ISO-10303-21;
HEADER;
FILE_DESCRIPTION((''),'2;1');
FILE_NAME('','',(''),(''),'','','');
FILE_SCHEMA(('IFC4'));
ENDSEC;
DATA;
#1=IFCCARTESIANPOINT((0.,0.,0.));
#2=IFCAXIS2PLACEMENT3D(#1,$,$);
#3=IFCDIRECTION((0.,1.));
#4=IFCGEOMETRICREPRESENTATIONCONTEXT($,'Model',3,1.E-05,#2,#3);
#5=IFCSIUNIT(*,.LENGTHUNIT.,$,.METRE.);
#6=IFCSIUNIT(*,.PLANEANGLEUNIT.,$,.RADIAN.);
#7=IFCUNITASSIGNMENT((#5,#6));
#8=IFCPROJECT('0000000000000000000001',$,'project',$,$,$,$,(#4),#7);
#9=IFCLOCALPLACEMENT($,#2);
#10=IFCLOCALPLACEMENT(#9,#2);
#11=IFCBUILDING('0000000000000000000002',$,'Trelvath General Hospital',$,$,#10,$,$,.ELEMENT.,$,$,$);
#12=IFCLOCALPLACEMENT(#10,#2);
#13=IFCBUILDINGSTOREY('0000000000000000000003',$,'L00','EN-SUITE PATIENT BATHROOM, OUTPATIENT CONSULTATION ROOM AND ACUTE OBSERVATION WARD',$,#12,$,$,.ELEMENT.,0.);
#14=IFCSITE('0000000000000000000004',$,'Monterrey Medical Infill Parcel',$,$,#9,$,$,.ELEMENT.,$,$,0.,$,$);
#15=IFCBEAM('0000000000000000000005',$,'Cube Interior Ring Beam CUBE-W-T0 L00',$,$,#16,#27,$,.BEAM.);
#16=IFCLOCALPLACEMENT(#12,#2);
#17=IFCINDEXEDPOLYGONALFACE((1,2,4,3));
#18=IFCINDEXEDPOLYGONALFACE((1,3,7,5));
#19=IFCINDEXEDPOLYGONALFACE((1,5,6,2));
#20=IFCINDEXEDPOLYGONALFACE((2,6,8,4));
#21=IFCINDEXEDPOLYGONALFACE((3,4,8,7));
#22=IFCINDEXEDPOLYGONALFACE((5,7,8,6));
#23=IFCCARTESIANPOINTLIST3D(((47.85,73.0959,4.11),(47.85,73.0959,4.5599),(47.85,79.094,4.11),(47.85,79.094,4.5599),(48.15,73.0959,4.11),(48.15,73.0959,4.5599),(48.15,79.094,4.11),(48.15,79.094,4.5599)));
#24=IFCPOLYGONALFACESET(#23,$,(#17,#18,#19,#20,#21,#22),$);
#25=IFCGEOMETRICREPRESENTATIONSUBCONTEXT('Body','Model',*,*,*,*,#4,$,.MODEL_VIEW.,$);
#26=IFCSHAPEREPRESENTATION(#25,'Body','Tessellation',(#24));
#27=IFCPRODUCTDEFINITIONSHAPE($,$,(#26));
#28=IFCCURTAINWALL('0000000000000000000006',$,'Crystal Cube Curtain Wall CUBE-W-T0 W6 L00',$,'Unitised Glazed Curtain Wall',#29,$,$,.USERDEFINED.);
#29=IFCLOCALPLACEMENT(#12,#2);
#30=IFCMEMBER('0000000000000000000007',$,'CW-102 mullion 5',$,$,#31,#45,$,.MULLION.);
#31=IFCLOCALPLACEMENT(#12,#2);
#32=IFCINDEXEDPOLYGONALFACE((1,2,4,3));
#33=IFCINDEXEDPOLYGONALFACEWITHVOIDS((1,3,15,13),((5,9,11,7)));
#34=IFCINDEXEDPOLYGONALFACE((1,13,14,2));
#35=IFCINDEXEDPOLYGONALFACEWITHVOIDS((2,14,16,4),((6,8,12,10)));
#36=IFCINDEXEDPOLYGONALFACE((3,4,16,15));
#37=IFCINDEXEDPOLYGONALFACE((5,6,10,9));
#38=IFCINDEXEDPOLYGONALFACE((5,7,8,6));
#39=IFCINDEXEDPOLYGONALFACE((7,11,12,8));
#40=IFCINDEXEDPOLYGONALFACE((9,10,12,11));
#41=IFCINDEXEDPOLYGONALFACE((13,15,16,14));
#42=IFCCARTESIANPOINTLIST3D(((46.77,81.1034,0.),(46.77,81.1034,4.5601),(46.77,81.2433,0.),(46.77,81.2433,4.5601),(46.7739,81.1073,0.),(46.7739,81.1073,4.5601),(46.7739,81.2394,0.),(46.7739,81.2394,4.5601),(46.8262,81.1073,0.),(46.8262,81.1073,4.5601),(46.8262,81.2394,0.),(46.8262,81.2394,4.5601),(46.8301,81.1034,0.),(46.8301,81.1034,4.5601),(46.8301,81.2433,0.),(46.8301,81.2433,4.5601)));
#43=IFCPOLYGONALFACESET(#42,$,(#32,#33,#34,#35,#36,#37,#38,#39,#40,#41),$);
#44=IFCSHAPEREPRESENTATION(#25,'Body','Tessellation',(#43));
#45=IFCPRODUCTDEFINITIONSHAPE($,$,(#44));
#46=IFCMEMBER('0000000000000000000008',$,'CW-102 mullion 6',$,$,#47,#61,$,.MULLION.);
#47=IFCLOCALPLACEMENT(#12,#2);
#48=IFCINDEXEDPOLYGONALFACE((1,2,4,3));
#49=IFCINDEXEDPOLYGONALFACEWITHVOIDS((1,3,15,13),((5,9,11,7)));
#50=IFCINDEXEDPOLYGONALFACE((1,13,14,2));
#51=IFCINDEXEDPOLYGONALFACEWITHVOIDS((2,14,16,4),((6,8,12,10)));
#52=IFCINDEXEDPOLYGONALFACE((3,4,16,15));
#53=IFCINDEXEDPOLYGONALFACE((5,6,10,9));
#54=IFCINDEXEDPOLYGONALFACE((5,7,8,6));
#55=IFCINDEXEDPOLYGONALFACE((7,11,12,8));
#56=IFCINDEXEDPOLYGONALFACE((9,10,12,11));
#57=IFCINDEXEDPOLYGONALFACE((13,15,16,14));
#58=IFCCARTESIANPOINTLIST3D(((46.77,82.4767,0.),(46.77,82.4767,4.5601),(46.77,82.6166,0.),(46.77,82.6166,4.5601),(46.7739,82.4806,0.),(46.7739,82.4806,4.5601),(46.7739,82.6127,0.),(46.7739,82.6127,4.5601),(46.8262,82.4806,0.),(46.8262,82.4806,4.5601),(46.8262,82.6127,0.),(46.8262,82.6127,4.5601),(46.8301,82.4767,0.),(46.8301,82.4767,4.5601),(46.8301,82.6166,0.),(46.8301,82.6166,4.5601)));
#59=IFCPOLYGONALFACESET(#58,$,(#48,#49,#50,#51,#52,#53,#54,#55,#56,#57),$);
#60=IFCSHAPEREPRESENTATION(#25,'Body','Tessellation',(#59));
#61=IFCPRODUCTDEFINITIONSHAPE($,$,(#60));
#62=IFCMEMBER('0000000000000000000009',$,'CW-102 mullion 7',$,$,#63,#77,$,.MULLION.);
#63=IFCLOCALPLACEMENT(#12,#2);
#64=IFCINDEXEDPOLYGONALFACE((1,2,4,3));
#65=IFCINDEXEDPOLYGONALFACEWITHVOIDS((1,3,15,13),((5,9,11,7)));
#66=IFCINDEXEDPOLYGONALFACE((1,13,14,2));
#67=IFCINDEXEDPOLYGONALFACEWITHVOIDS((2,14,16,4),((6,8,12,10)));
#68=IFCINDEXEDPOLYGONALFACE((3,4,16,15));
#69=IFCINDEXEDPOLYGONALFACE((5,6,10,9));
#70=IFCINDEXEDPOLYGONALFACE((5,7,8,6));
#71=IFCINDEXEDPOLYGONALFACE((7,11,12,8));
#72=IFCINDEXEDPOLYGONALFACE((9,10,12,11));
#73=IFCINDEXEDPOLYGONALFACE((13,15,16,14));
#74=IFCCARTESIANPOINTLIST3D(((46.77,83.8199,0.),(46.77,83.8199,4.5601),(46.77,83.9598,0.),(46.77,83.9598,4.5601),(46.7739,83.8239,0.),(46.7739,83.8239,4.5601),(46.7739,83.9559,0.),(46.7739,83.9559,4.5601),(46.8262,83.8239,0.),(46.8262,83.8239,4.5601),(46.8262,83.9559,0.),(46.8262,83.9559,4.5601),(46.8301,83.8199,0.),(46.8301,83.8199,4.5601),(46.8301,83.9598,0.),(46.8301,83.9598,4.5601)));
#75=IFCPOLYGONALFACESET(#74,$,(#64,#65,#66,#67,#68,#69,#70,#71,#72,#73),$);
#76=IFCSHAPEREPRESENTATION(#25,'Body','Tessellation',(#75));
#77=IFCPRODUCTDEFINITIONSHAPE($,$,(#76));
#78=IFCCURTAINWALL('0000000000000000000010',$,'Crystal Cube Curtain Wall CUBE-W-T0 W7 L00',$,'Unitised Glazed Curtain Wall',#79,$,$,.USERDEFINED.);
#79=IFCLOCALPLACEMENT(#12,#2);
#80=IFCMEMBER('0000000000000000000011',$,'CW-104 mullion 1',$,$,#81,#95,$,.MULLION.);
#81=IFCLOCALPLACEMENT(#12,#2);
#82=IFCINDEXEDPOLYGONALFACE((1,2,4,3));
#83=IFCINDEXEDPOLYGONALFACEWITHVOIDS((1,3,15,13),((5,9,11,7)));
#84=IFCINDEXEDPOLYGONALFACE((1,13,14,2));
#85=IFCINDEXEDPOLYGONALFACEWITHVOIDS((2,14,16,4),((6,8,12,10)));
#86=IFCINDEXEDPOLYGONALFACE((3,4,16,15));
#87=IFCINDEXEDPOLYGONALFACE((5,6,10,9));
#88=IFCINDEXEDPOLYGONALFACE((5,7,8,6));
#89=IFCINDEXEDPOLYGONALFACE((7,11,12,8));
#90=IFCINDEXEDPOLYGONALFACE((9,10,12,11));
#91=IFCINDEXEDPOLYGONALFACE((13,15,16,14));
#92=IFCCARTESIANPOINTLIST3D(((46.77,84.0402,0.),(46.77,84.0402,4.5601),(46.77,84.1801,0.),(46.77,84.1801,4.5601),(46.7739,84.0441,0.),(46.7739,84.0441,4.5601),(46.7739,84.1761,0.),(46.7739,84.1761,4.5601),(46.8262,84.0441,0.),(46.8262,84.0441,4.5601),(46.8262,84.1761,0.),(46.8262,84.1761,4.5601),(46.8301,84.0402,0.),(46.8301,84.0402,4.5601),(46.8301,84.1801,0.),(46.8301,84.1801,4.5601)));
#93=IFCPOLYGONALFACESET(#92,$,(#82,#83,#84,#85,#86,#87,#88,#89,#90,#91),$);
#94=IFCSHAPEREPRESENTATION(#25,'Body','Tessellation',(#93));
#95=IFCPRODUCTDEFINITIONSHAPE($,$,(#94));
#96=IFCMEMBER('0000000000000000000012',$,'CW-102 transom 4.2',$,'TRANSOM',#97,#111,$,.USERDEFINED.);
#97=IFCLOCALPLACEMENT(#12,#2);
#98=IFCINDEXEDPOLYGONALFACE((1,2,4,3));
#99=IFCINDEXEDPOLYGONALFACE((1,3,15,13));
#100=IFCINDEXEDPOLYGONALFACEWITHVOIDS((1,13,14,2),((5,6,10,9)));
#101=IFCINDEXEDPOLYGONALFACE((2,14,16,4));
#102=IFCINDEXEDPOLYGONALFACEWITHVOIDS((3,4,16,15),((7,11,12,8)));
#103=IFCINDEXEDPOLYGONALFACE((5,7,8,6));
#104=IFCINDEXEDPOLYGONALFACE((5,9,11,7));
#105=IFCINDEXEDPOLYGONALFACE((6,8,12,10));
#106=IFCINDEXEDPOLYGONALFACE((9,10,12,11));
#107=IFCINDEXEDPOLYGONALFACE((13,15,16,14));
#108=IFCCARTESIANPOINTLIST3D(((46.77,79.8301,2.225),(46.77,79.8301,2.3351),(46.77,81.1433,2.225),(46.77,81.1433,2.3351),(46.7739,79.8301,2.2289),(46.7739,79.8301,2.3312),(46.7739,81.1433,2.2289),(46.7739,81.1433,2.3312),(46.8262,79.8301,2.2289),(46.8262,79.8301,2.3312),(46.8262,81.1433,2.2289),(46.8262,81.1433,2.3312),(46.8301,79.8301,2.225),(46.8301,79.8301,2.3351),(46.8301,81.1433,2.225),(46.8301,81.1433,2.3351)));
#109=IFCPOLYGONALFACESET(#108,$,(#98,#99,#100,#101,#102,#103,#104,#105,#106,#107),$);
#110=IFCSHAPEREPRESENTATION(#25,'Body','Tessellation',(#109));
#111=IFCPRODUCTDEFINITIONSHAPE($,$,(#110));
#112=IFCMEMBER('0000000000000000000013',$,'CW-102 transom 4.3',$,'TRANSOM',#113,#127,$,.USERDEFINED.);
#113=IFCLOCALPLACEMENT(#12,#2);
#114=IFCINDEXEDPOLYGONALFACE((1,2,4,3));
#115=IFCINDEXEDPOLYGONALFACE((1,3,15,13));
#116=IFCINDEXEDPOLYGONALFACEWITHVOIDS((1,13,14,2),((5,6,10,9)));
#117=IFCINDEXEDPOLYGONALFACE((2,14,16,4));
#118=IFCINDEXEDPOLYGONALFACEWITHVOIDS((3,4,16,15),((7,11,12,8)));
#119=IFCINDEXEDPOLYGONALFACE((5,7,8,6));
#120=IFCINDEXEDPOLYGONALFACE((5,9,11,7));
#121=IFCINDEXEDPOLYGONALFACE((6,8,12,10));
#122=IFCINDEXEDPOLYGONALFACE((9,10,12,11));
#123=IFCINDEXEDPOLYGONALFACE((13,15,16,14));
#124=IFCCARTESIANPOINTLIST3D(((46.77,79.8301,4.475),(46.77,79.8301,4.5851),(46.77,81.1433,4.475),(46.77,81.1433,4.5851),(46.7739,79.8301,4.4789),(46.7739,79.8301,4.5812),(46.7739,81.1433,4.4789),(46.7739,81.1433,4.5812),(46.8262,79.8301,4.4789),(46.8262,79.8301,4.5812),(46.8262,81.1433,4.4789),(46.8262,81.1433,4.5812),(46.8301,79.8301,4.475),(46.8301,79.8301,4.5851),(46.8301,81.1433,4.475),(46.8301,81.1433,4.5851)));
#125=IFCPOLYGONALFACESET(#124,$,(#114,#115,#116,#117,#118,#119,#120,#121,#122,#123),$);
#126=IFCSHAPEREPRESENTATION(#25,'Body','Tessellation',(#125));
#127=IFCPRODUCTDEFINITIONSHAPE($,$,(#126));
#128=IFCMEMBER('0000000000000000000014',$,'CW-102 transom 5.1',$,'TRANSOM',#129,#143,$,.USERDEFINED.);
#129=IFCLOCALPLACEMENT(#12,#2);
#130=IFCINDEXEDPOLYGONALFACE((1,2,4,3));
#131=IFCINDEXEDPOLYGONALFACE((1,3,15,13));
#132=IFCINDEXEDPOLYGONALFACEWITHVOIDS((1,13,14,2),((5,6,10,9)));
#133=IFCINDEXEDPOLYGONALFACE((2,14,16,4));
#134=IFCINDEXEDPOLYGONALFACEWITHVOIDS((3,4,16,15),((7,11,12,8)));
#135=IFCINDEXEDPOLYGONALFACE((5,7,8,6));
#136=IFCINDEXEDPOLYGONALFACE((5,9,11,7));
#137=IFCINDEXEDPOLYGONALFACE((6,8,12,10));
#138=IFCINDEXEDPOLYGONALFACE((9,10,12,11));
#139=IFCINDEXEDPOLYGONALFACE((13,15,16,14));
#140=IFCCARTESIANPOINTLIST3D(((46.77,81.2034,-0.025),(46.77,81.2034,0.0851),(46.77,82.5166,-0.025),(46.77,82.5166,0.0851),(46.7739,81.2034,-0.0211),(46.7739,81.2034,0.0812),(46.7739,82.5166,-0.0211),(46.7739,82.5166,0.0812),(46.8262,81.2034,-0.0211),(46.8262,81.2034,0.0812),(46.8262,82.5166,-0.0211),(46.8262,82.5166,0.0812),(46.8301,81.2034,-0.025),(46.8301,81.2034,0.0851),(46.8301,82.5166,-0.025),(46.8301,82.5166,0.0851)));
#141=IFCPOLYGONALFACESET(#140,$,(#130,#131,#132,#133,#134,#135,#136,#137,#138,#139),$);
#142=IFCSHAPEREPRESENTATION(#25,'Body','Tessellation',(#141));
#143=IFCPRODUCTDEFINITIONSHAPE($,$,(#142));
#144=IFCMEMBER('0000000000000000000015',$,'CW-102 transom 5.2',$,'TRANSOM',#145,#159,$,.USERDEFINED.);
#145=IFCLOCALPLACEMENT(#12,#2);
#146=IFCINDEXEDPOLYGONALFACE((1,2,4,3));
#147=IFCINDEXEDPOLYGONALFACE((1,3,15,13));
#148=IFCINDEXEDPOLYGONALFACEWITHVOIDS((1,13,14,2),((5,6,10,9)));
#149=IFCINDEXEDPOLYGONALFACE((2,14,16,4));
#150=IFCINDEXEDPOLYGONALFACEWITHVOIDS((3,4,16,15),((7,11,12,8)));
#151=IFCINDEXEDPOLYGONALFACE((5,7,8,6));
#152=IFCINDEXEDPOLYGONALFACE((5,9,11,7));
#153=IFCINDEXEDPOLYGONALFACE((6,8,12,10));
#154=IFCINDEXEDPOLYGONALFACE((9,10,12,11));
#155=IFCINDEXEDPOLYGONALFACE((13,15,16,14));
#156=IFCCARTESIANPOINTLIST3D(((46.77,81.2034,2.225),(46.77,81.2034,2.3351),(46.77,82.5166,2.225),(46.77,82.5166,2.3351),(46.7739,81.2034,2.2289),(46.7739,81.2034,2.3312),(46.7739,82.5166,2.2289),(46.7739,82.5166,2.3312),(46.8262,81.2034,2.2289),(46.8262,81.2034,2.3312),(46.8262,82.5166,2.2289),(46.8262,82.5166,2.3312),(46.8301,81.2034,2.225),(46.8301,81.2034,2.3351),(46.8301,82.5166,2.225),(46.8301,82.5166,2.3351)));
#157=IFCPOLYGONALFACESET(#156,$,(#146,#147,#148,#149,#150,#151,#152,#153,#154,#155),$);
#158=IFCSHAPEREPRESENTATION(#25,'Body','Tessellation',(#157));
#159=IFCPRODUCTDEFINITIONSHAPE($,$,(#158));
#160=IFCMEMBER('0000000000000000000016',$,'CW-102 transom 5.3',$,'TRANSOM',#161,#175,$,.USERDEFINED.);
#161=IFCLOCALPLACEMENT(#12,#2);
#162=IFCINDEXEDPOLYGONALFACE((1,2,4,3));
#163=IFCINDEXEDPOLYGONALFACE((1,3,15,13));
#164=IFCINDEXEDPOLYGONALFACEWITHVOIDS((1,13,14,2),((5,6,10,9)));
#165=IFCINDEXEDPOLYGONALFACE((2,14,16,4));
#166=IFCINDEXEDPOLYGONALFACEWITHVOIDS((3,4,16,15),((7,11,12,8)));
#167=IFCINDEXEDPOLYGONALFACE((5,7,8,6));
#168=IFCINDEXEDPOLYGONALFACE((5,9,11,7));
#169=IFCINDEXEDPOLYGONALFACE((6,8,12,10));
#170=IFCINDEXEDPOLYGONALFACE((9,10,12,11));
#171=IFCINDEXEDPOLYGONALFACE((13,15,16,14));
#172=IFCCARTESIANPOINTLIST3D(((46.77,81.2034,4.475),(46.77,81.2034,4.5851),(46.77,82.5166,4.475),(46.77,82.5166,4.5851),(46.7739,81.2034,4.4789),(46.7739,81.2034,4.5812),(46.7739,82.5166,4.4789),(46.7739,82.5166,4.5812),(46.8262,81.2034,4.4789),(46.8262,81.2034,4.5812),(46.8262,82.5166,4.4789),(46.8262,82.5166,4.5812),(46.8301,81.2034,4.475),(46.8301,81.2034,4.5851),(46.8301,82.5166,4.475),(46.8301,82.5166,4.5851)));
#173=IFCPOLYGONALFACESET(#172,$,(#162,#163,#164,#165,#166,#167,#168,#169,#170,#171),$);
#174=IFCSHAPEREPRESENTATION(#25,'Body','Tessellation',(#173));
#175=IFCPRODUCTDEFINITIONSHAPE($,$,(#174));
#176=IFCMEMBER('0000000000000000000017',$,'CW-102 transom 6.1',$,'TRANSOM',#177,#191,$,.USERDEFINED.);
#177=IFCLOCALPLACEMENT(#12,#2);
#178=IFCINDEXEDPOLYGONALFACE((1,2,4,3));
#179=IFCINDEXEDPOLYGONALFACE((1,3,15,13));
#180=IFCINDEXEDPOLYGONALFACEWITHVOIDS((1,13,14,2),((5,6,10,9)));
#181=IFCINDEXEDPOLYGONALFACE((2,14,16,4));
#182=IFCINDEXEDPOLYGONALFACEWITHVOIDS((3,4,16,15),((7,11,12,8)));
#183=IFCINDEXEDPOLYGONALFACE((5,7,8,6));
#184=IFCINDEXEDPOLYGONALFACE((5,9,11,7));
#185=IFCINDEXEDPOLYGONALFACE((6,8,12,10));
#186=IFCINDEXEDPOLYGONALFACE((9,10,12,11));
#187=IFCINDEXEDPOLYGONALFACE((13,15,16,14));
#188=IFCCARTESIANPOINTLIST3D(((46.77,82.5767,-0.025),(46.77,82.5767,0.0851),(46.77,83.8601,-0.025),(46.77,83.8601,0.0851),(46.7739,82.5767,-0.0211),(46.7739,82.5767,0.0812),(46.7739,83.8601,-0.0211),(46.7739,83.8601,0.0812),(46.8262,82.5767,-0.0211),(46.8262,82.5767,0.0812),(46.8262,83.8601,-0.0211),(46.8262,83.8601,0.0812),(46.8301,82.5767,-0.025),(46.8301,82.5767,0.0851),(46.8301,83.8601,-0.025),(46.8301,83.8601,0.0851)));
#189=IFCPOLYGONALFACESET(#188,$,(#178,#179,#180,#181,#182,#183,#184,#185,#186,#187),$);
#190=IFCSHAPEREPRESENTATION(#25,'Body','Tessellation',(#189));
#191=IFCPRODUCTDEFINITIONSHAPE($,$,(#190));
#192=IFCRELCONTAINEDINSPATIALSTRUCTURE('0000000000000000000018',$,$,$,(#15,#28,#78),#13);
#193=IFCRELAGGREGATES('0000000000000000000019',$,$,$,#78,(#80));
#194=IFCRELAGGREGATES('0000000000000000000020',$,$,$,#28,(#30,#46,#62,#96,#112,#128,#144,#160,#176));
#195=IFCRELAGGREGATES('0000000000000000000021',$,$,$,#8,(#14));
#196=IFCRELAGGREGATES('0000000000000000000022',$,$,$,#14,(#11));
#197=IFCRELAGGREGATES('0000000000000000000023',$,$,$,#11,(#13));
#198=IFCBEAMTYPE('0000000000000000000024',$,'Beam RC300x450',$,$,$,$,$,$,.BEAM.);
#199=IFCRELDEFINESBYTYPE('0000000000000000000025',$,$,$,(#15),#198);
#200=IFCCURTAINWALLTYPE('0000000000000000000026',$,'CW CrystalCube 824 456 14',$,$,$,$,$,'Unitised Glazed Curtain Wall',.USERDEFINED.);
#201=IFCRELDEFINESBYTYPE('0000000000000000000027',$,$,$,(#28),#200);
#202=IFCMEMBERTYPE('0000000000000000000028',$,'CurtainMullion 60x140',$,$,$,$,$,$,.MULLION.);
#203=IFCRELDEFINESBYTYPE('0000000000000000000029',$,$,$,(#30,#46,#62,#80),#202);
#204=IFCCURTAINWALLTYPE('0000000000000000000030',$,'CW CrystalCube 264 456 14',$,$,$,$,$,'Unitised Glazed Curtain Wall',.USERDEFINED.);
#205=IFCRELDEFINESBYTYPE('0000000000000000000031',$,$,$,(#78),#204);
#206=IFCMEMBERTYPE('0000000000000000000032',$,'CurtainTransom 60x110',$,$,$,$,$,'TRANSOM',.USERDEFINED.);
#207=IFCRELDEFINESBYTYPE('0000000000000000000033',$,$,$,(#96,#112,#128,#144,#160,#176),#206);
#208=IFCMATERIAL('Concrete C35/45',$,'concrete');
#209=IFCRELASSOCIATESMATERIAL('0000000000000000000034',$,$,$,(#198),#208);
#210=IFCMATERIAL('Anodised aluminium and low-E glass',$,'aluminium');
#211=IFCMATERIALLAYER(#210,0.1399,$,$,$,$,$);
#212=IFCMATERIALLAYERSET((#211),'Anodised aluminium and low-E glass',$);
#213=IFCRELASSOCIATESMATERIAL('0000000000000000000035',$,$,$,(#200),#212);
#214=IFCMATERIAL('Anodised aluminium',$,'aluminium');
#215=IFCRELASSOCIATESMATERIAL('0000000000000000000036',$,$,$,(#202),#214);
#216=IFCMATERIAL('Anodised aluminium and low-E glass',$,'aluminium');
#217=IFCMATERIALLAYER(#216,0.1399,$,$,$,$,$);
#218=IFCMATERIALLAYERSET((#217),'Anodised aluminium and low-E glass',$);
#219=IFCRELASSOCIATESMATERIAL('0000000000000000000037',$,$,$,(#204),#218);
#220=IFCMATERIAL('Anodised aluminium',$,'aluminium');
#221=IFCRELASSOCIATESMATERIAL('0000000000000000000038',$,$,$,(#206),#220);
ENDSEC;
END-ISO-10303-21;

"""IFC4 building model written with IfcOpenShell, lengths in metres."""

from ifc_helpers import new_model, si_unit, direction, frame, origin, origin_2d, place, context, subcontext, project, spatial, rectangle, hollow_rectangle, extrude, material, layer, layer_set, material_profile, profile_set, type_object, element, aggregate, save


model = new_model("IFC4")

# Units and contexts
model_context = context("Model", 3, precision=1e-05, world=origin(), true_north=direction((0.0, 1.0)))
body_context = subcontext(model_context, "Body", "Model", "MODEL_VIEW")
ifc_project = project(units=[si_unit("LENGTHUNIT", "METRE"), si_unit("PLANEANGLEUNIT", "RADIAN")], contexts=[model_context])

# Site, building, storey
site_placement = place(None, origin())
site = spatial("IfcSite", under=ifc_project, at=site_placement, Name="Monterrey Medical Infill Parcel", CompositionType="ELEMENT", RefElevation=0.0)
building_placement = place(site_placement, origin())
building = spatial("IfcBuilding", under=site, at=building_placement, Name="Trelvath General Hospital", CompositionType="ELEMENT")
storey_placement = place(building_placement, origin())
storey = spatial("IfcBuildingStorey", under=building, at=storey_placement, Name="L00", Description="EN-SUITE PATIENT BATHROOM, OUTPATIENT CONSULTATION ROOM AND ACUTE OBSERVATION WARD", CompositionType="ELEMENT", Elevation=0.0)

# Beam
ifc_material_1 = material(Name="Concrete C35/45", Category="concrete")
ifc_material_profile_1 = material_profile(ifc_material_1, rectangle(XDim=0.3, YDim=0.45, at=origin_2d()), Name="RCB300x450")
ifc_profile_set_1 = profile_set([ifc_material_profile_1], Name="Concrete C35/45")
beam_type = type_object("IfcBeamType", Name="Beam RC300x450", PredefinedType="BEAM", material=ifc_profile_set_1)
beam_placement = place(storey_placement, frame((48.0, 73.0959, 4.335), z_axis=(0.0, 1.0, 0.0), x_axis=(-1.0, 0.0, 0.0)))
element("IfcBeam", 1, at=beam_placement, inside=storey, type_object=beam_type, Name="Cube Interior Ring Beam CUBE-W-T0 L00", PredefinedType="BEAM", context=body_context, shape_type="SweptSolid", body=[
    extrude(rectangle(XDim=0.3, YDim=0.45, at=origin_2d()), origin(), (0.0, 0.0, 1.0), 5.998),
])

# Curtain wall, members
ifc_material_2 = material(Name="Anodised aluminium and low-E glass", Category="aluminium")
ifc_layer_1 = layer(ifc_material_2, 0.1399)
ifc_layer_set_1 = layer_set([ifc_layer_1], Name="Anodised aluminium and low-E glass")
curtain_wall_type_1 = type_object("IfcCurtainWallType", Name="CW CrystalCube 824 456 14", ElementType="Unitised Glazed Curtain Wall", PredefinedType="USERDEFINED", material=ifc_layer_set_1)
curtain_wall_1_placement = place(storey_placement, origin())
curtain_wall_1 = element("IfcCurtainWall", 2, at=curtain_wall_1_placement, inside=storey, type_object=curtain_wall_type_1, Name="Crystal Cube Curtain Wall CUBE-W-T0 W6 L00", ObjectType="Unitised Glazed Curtain Wall", PredefinedType="USERDEFINED")
ifc_material_3 = material(Name="Anodised aluminium", Category="aluminium")
ifc_material_profile_2 = material_profile(ifc_material_3, hollow_rectangle(XDim=0.0601, YDim=0.1399, WallThickness=0.0039, at=origin_2d()), Name="RHS60x140x4")
ifc_profile_set_2 = profile_set([ifc_material_profile_2], Name="Anodised aluminium")
member_type_1 = type_object("IfcMemberType", Name="CurtainMullion 60x140", PredefinedType="MULLION", material=ifc_profile_set_2)
member_1_placement = place(storey_placement, frame((46.8, 81.1733, 0.0), z_axis=(0.0, 0.0, 1.0), x_axis=(-1.0, 0.0, 0.0)))
member_1 = element("IfcMember", 3, at=member_1_placement, type_object=member_type_1, Name="CW-102 mullion 5", PredefinedType="MULLION", context=body_context, shape_type="SweptSolid", body=[
    extrude(hollow_rectangle(XDim=0.0601, YDim=0.1399, WallThickness=0.0039, at=origin_2d()), origin(), (0.0, 0.0, 1.0), 4.5601),
])
member_2_placement = place(storey_placement, frame((46.8, 82.5466, 0.0), z_axis=(0.0, 0.0, 1.0), x_axis=(-1.0, 0.0, 0.0)))
member_2 = element("IfcMember", 4, at=member_2_placement, type_object=member_type_1, Name="CW-102 mullion 6", PredefinedType="MULLION", context=body_context, shape_type="SweptSolid", body=[
    extrude(hollow_rectangle(XDim=0.0601, YDim=0.1399, WallThickness=0.0039, at=origin_2d()), origin(), (0.0, 0.0, 1.0), 4.5601),
])
member_3_placement = place(storey_placement, frame((46.8, 83.8899, 0.0), z_axis=(0.0, 0.0, 1.0), x_axis=(-1.0, 0.0, 0.0)))
member_3 = element("IfcMember", 5, at=member_3_placement, type_object=member_type_1, Name="CW-102 mullion 7", PredefinedType="MULLION", context=body_context, shape_type="SweptSolid", body=[
    extrude(hollow_rectangle(XDim=0.0601, YDim=0.1399, WallThickness=0.0039, at=origin_2d()), origin(), (0.0, 0.0, 1.0), 4.5601),
])

# Curtain wall, member
ifc_material_4 = material(Name="Anodised aluminium and low-E glass", Category="aluminium")
ifc_layer_2 = layer(ifc_material_4, 0.1399)
ifc_layer_set_2 = layer_set([ifc_layer_2], Name="Anodised aluminium and low-E glass")
curtain_wall_type_2 = type_object("IfcCurtainWallType", Name="CW CrystalCube 264 456 14", ElementType="Unitised Glazed Curtain Wall", PredefinedType="USERDEFINED", material=ifc_layer_set_2)
curtain_wall_2_placement = place(storey_placement, origin())
curtain_wall_2 = element("IfcCurtainWall", 6, at=curtain_wall_2_placement, inside=storey, type_object=curtain_wall_type_2, Name="Crystal Cube Curtain Wall CUBE-W-T0 W7 L00", ObjectType="Unitised Glazed Curtain Wall", PredefinedType="USERDEFINED")
member_4_placement = place(storey_placement, frame((46.8, 84.1101, 0.0), z_axis=(0.0, 0.0, 1.0), x_axis=(-1.0, 0.0, 0.0)))
member_4 = element("IfcMember", 7, at=member_4_placement, type_object=member_type_1, Name="CW-104 mullion 1", PredefinedType="MULLION", context=body_context, shape_type="SweptSolid", body=[
    extrude(hollow_rectangle(XDim=0.0601, YDim=0.1399, WallThickness=0.0039, at=origin_2d()), origin(), (0.0, 0.0, 1.0), 4.5601),
])

# Members
ifc_material_5 = material(Name="Anodised aluminium", Category="aluminium")
ifc_material_profile_3 = material_profile(ifc_material_5, hollow_rectangle(XDim=0.0601, YDim=0.1101, WallThickness=0.0039, at=origin_2d()), Name="RHS60x110x4")
ifc_profile_set_3 = profile_set([ifc_material_profile_3], Name="Anodised aluminium")
member_type_2 = type_object("IfcMemberType", Name="CurtainTransom 60x110", ElementType="TRANSOM", PredefinedType="USERDEFINED", material=ifc_profile_set_3)
member_5_placement = place(storey_placement, frame((46.8, 79.8301, 2.28), z_axis=(0.0, 1.0, 0.0), x_axis=(-1.0, 0.0, 0.0)))
member_5 = element("IfcMember", 8, at=member_5_placement, type_object=member_type_2, Name="CW-102 transom 4.2", ObjectType="TRANSOM", PredefinedType="USERDEFINED", context=body_context, shape_type="SweptSolid", body=[
    extrude(hollow_rectangle(XDim=0.0601, YDim=0.1101, WallThickness=0.0039, at=origin_2d()), origin(), (0.0, 0.0, 1.0), 1.3132),
])
member_6_placement = place(storey_placement, frame((46.8, 79.8301, 4.53), z_axis=(0.0, 1.0, 0.0), x_axis=(-1.0, 0.0, 0.0)))
member_6 = element("IfcMember", 9, at=member_6_placement, type_object=member_type_2, Name="CW-102 transom 4.3", ObjectType="TRANSOM", PredefinedType="USERDEFINED", context=body_context, shape_type="SweptSolid", body=[
    extrude(hollow_rectangle(XDim=0.0601, YDim=0.1101, WallThickness=0.0039, at=origin_2d()), origin(), (0.0, 0.0, 1.0), 1.3132),
])
member_7_placement = place(storey_placement, frame((46.8, 81.2034, 0.03), z_axis=(0.0, 1.0, 0.0), x_axis=(-1.0, 0.0, 0.0)))
member_7 = element("IfcMember", 10, at=member_7_placement, type_object=member_type_2, Name="CW-102 transom 5.1", ObjectType="TRANSOM", PredefinedType="USERDEFINED", context=body_context, shape_type="SweptSolid", body=[
    extrude(hollow_rectangle(XDim=0.0601, YDim=0.1101, WallThickness=0.0039, at=origin_2d()), origin(), (0.0, 0.0, 1.0), 1.3132),
])
member_8_placement = place(storey_placement, frame((46.8, 81.2034, 2.28), z_axis=(0.0, 1.0, 0.0), x_axis=(-1.0, 0.0, 0.0)))
member_8 = element("IfcMember", 11, at=member_8_placement, type_object=member_type_2, Name="CW-102 transom 5.2", ObjectType="TRANSOM", PredefinedType="USERDEFINED", context=body_context, shape_type="SweptSolid", body=[
    extrude(hollow_rectangle(XDim=0.0601, YDim=0.1101, WallThickness=0.0039, at=origin_2d()), origin(), (0.0, 0.0, 1.0), 1.3132),
])
member_9_placement = place(storey_placement, frame((46.8, 81.2034, 4.53), z_axis=(0.0, 1.0, 0.0), x_axis=(-1.0, 0.0, 0.0)))
member_9 = element("IfcMember", 12, at=member_9_placement, type_object=member_type_2, Name="CW-102 transom 5.3", ObjectType="TRANSOM", PredefinedType="USERDEFINED", context=body_context, shape_type="SweptSolid", body=[
    extrude(hollow_rectangle(XDim=0.0601, YDim=0.1101, WallThickness=0.0039, at=origin_2d()), origin(), (0.0, 0.0, 1.0), 1.3132),
])
member_10_placement = place(storey_placement, frame((46.8, 82.5767, 0.03), z_axis=(0.0, 1.0, 0.0), x_axis=(-1.0, 0.0, 0.0)))
member_10 = element("IfcMember", 13, at=member_10_placement, type_object=member_type_2, Name="CW-102 transom 6.1", ObjectType="TRANSOM", PredefinedType="USERDEFINED", context=body_context, shape_type="SweptSolid", body=[
    extrude(hollow_rectangle(XDim=0.0601, YDim=0.1101, WallThickness=0.0039, at=origin_2d()), origin(), (0.0, 0.0, 1.0), 1.2834),
])
aggregate(curtain_wall_2, [member_4])

aggregate(curtain_wall_1, [member_1, member_2, member_3, member_5, member_6, member_7, member_8, member_9, member_10])

save(model, "model.ifc")
